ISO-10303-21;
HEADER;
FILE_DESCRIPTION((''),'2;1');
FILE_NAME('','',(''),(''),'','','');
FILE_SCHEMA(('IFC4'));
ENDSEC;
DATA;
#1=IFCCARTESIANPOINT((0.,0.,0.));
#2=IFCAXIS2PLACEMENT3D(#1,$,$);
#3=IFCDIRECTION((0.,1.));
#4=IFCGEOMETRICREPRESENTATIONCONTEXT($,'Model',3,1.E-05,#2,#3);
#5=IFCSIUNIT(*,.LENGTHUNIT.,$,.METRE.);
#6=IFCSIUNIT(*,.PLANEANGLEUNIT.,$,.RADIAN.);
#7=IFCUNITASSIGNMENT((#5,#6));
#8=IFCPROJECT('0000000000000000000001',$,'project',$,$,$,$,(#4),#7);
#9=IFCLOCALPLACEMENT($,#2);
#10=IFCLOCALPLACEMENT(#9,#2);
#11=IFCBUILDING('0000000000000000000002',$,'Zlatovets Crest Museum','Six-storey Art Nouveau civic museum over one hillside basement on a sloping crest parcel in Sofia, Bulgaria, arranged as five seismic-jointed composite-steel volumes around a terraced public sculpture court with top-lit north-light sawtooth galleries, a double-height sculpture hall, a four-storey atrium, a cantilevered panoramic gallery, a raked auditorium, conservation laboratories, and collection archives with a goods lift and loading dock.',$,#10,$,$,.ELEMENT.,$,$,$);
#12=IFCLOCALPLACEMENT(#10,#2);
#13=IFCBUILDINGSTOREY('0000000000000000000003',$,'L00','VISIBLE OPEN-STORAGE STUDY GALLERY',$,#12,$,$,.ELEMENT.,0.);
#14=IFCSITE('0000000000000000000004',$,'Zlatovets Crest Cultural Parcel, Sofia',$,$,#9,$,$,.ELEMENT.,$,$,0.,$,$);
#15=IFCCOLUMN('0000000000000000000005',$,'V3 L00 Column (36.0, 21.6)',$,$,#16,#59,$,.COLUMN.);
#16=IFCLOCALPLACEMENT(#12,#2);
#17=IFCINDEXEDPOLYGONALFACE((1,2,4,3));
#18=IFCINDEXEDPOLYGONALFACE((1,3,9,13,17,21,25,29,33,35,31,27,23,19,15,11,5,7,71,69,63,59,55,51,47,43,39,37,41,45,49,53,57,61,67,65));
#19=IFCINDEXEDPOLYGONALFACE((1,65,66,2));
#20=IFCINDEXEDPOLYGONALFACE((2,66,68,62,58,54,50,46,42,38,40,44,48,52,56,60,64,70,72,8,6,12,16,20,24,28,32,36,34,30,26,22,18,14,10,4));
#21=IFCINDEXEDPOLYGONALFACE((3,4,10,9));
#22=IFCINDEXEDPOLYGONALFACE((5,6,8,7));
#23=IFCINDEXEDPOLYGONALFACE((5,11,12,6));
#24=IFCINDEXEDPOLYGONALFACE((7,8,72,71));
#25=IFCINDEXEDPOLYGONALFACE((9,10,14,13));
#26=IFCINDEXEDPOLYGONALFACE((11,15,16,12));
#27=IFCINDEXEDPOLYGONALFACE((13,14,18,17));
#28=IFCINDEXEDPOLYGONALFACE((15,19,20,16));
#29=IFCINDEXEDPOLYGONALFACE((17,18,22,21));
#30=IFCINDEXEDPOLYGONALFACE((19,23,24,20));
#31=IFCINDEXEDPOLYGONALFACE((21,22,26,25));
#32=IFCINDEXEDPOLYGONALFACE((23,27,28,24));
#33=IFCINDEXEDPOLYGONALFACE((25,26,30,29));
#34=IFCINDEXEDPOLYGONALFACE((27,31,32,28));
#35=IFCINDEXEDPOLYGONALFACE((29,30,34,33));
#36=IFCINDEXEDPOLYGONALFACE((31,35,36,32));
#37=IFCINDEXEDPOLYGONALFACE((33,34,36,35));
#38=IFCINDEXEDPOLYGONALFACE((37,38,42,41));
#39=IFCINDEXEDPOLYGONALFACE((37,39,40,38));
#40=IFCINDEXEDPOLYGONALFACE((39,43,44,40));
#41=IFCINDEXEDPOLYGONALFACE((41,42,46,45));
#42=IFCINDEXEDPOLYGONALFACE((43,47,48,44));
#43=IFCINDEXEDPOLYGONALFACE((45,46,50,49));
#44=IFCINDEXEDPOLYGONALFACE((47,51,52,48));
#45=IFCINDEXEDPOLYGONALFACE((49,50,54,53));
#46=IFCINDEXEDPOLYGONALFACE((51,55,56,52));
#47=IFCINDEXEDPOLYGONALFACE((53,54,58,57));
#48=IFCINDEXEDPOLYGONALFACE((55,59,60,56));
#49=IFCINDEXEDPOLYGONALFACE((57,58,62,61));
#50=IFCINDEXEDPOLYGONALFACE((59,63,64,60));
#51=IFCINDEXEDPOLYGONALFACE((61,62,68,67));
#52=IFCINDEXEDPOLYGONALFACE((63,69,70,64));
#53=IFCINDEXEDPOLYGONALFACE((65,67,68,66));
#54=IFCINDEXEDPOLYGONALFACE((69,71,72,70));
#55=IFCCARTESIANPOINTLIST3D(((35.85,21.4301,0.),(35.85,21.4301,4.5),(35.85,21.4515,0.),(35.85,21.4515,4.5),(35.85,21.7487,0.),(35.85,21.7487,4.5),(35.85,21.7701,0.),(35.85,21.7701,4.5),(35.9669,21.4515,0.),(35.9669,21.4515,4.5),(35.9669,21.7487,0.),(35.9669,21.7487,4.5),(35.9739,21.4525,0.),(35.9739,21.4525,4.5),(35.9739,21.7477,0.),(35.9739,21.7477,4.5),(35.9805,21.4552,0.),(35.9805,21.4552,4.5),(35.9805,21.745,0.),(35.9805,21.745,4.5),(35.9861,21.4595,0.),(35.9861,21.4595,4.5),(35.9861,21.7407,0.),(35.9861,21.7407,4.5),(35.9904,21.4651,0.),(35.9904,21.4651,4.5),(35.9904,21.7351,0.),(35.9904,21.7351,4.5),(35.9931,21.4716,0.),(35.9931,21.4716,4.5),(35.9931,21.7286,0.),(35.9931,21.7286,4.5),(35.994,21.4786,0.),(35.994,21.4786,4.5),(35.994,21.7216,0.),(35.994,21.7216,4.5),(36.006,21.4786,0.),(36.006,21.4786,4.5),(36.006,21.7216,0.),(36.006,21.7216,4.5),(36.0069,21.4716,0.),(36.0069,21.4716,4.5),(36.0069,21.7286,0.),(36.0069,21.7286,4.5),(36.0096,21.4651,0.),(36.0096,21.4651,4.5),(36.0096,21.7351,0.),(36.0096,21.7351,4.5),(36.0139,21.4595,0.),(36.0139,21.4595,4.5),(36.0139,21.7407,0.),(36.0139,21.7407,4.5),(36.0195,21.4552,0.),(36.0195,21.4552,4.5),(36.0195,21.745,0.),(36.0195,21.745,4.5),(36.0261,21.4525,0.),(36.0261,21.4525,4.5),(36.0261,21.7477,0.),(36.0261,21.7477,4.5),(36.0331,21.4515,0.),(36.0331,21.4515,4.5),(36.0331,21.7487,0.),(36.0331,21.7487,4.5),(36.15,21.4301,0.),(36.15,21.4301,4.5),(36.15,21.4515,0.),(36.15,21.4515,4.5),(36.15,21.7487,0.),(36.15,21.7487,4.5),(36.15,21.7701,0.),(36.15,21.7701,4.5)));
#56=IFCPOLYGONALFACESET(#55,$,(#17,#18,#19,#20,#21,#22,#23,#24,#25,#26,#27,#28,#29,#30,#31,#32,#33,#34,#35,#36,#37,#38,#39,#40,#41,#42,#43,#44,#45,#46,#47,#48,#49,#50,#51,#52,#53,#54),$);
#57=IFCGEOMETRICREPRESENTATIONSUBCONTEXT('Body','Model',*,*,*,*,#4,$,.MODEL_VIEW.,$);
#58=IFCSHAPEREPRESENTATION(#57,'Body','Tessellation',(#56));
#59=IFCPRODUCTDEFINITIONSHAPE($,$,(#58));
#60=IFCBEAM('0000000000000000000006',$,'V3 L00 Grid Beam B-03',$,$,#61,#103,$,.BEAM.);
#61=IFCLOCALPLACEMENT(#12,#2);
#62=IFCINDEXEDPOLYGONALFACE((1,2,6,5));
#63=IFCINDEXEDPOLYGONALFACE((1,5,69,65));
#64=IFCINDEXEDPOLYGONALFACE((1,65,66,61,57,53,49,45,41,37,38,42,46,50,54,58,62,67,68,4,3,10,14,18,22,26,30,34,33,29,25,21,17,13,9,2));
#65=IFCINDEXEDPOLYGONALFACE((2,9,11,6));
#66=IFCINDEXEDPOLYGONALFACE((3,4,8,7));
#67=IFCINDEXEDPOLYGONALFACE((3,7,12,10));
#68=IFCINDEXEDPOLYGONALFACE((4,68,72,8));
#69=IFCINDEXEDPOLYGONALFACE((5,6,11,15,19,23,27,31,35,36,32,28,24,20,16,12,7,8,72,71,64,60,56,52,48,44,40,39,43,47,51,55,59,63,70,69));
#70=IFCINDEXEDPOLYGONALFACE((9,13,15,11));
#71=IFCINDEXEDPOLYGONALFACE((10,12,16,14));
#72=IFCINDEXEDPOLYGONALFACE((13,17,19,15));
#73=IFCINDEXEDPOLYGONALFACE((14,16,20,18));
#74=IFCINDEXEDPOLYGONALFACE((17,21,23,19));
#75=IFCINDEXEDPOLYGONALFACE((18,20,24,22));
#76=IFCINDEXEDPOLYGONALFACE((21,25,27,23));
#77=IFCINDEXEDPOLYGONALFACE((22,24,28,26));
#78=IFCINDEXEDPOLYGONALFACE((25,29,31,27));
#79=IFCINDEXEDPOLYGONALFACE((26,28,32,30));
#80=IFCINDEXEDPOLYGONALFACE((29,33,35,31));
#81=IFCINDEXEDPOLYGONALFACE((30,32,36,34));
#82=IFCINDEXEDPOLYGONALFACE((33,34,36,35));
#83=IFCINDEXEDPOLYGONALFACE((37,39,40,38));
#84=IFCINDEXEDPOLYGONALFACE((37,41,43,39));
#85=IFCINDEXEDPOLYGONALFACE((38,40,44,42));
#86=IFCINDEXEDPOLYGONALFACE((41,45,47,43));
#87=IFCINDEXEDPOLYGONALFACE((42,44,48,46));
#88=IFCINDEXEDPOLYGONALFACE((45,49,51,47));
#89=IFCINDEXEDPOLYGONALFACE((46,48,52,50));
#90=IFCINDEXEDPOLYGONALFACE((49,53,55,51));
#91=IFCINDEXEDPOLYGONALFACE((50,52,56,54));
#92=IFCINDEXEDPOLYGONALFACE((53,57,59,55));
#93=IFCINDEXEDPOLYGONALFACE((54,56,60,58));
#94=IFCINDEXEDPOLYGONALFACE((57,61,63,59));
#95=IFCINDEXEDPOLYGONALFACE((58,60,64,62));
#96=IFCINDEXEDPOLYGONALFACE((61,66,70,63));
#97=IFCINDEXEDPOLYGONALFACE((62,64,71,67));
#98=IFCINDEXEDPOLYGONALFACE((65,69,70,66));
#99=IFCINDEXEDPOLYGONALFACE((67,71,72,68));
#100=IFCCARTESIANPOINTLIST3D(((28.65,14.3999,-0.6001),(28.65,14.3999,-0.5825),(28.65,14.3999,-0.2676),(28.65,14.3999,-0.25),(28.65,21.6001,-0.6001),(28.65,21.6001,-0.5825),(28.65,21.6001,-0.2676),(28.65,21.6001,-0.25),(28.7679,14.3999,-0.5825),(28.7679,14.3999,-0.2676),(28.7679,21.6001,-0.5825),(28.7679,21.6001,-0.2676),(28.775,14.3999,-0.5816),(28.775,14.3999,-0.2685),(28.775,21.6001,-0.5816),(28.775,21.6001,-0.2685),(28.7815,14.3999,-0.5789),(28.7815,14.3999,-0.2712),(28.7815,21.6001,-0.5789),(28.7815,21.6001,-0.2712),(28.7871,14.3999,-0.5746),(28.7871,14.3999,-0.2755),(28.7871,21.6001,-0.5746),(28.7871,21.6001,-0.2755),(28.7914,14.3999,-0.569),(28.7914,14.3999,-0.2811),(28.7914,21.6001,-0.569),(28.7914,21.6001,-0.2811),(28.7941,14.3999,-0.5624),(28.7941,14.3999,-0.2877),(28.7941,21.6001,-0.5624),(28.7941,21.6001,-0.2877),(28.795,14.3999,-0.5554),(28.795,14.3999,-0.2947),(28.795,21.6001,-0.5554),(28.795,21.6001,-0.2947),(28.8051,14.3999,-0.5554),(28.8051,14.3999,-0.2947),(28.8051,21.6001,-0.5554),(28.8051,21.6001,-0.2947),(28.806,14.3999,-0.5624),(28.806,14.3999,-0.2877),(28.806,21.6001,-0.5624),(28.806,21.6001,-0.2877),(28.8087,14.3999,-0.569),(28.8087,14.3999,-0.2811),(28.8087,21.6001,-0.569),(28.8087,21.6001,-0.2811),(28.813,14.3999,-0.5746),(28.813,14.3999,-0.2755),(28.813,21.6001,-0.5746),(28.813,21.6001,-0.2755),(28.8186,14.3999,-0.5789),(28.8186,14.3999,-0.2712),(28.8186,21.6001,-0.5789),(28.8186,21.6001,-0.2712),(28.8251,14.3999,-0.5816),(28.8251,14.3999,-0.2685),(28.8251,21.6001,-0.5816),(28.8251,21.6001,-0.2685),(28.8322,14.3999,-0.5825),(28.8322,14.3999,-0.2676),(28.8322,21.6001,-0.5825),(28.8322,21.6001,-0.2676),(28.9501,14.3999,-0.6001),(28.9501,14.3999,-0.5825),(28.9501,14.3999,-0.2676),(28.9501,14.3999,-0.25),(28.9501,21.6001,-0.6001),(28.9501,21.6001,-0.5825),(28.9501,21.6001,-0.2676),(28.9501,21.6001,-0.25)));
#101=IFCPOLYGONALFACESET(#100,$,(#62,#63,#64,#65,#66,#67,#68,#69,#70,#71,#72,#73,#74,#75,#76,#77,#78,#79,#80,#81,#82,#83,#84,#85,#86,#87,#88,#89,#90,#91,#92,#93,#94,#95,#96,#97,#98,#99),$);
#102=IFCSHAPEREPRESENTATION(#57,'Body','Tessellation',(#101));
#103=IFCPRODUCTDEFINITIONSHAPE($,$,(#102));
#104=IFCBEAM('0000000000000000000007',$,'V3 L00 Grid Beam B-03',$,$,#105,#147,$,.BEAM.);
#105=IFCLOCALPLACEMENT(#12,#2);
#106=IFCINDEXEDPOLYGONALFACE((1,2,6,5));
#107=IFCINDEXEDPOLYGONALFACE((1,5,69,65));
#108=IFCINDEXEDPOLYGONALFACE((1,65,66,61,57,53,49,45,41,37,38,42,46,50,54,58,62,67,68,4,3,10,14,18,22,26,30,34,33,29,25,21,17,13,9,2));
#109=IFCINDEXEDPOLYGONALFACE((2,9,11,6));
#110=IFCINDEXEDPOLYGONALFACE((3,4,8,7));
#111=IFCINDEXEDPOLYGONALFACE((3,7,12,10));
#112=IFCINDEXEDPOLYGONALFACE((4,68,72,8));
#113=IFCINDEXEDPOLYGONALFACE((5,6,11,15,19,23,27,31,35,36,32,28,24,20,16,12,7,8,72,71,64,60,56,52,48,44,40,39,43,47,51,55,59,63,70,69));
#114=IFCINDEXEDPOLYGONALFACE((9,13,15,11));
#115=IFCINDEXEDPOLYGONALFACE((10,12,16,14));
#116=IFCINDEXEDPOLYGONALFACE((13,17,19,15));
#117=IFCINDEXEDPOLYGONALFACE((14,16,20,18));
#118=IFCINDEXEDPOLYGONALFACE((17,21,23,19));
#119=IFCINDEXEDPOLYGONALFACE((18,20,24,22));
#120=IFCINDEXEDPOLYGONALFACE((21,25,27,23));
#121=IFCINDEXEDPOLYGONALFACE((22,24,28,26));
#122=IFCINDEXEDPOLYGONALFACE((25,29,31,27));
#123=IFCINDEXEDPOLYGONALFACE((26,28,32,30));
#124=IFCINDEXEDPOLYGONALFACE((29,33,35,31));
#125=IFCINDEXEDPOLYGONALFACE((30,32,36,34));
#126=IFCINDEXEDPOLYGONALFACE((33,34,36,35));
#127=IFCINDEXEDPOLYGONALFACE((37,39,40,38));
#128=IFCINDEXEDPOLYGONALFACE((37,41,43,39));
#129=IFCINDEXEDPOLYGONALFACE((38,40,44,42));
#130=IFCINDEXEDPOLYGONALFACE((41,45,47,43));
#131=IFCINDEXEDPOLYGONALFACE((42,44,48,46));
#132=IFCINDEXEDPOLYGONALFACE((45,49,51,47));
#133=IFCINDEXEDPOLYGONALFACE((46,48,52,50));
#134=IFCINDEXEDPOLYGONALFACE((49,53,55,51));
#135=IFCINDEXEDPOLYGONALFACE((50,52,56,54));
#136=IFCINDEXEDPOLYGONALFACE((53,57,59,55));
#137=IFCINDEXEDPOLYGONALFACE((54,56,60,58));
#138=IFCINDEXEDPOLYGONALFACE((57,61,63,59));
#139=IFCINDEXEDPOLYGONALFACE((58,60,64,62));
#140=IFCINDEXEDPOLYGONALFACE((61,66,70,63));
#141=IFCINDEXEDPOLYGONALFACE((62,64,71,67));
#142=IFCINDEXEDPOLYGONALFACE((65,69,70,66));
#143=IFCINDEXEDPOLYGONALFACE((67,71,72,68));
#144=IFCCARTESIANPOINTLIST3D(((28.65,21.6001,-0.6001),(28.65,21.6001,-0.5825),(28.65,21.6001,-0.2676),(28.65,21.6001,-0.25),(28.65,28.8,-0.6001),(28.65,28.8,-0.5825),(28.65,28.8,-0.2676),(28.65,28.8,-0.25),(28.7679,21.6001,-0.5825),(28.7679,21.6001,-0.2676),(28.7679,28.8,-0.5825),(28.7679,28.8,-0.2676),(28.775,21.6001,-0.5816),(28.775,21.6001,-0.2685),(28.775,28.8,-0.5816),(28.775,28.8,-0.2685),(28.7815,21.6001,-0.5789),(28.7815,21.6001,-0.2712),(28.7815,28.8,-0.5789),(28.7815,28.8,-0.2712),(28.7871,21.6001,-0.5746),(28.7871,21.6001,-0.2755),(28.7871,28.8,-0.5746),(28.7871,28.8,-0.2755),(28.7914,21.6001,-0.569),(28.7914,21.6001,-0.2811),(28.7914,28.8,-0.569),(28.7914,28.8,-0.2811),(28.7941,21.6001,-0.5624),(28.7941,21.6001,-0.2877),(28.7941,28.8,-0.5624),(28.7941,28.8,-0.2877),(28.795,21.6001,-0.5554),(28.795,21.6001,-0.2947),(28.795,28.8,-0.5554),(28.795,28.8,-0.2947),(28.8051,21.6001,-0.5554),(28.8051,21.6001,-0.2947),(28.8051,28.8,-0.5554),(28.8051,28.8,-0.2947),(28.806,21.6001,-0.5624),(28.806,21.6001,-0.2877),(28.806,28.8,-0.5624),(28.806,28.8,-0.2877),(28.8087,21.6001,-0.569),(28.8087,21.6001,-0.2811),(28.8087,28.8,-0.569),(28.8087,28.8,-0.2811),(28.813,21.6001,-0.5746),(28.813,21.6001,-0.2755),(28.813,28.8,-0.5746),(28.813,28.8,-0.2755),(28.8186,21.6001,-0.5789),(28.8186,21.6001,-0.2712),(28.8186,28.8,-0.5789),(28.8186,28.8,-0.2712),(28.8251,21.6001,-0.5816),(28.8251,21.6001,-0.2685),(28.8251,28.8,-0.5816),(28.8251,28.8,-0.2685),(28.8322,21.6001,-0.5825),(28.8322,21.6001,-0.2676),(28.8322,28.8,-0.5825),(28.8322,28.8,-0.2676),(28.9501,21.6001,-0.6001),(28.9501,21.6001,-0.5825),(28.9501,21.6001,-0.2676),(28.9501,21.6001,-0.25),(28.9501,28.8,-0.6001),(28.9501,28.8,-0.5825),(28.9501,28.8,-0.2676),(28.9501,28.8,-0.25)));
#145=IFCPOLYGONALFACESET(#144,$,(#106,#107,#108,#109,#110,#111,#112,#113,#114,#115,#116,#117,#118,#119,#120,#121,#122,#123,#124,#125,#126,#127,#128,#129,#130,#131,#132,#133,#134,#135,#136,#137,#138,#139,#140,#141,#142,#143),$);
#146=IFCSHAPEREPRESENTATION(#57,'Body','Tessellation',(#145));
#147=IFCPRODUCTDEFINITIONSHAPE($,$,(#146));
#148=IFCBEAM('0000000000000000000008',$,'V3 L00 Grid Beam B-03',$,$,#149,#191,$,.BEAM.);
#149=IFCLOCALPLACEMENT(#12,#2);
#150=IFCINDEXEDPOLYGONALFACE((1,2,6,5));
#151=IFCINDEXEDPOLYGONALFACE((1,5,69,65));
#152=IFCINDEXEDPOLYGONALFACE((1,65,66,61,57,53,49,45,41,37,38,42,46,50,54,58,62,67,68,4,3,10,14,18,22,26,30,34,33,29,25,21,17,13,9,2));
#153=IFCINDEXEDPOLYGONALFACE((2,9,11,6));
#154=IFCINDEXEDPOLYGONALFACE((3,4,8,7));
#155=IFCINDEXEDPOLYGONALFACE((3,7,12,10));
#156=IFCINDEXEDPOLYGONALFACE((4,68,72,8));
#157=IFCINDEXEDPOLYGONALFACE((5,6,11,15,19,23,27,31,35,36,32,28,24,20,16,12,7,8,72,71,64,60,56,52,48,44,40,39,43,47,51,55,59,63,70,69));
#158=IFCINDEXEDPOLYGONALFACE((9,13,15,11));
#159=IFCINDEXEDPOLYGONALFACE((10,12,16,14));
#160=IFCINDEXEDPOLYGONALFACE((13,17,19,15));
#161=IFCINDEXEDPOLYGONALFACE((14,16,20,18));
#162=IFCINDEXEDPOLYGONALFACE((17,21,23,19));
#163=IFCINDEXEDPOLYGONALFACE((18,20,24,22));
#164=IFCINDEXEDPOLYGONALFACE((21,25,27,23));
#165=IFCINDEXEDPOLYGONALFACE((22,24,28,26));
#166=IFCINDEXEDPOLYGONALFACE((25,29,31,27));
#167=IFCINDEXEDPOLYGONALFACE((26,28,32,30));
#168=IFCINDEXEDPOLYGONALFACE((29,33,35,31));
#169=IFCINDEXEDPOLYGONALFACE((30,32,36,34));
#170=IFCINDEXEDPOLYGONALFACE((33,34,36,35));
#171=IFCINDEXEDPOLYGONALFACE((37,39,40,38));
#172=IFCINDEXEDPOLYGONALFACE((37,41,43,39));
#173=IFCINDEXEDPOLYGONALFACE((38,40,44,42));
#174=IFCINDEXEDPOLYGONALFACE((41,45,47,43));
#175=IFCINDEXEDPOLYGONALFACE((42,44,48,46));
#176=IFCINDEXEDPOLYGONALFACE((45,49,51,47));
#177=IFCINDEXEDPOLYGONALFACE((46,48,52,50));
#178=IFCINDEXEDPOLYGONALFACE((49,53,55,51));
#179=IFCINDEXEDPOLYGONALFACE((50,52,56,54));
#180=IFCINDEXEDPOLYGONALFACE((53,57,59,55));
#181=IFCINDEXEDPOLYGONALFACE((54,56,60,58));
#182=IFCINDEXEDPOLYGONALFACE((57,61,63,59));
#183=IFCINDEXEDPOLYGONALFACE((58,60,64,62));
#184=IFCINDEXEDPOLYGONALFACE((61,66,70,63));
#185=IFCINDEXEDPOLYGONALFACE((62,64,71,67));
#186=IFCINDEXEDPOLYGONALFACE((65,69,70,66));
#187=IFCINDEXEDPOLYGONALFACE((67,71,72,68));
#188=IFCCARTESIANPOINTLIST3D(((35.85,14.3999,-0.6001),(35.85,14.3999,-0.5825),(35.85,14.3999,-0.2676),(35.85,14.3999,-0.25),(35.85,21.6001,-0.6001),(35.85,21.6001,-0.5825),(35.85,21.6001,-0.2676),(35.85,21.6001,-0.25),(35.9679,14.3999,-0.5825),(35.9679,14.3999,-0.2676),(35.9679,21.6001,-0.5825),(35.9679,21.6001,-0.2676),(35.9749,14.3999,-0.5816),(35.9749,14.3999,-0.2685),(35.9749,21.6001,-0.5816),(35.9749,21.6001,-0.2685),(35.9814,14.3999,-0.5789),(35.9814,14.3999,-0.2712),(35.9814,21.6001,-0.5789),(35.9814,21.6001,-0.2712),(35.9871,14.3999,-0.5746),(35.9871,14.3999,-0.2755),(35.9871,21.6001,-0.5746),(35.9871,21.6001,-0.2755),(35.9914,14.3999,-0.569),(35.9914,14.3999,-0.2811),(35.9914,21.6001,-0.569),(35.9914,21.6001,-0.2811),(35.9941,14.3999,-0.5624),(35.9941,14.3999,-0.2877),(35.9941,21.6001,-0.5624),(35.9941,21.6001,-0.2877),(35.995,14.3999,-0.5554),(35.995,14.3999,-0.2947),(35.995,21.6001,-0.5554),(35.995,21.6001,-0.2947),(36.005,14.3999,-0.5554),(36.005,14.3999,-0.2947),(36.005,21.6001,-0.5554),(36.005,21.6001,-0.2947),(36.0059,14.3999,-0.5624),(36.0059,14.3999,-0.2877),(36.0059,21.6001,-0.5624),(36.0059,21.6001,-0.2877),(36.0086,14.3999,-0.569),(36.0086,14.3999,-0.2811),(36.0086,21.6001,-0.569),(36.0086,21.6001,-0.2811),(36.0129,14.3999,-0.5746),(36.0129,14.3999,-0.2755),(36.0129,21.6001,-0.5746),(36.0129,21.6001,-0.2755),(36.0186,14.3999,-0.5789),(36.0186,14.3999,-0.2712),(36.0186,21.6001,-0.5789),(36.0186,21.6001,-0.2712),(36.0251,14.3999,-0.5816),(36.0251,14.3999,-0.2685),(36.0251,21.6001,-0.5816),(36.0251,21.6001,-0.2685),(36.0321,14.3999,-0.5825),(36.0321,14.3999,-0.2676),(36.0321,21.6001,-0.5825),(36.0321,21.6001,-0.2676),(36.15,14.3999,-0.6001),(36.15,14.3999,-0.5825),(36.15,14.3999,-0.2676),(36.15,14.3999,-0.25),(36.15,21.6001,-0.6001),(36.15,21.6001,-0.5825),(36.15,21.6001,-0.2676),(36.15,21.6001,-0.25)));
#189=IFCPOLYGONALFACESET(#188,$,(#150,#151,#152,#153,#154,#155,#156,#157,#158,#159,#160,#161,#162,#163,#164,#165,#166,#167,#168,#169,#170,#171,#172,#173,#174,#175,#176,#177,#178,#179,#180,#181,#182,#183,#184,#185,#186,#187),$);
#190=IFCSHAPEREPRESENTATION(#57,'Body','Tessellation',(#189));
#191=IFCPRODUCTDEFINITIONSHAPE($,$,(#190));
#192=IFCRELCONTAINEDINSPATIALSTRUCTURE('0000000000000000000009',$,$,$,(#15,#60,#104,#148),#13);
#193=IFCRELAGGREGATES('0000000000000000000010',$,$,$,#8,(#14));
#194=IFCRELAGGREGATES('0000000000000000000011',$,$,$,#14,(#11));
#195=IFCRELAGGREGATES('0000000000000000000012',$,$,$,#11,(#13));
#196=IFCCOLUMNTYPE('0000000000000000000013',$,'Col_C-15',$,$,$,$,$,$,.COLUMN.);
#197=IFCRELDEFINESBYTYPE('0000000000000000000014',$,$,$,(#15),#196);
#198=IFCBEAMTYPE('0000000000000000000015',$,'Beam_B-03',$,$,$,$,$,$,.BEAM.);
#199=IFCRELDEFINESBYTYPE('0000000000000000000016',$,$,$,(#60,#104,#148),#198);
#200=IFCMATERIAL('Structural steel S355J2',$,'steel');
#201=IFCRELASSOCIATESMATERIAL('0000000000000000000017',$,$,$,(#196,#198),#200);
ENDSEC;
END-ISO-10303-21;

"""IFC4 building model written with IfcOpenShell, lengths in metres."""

from ifc_helpers import new_model, si_unit, direction, frame, origin, origin_2d, place, context, subcontext, project, spatial, i_section, extrude, material, material_profile, profile_set, type_object, element, save


model = new_model("IFC4")

# Units and contexts
model_context = context("Model", 3, precision=1e-05, world=origin(), true_north=direction((0.0, 1.0)))
body_context = subcontext(model_context, "Body", "Model", "MODEL_VIEW")
ifc_project = project(units=[si_unit("LENGTHUNIT", "METRE"), si_unit("PLANEANGLEUNIT", "RADIAN")], contexts=[model_context])

# Site, building, storey
site_placement = place(None, origin())
site = spatial("IfcSite", under=ifc_project, at=site_placement, Name="Zlatovets Crest Cultural Parcel, Sofia", CompositionType="ELEMENT", RefElevation=0.0)
building_placement = place(site_placement, origin())
building = spatial("IfcBuilding", under=site, at=building_placement, Name="Zlatovets Crest Museum", Description="Six-storey Art Nouveau civic museum over one hillside basement on a sloping crest parcel in Sofia, Bulgaria, arranged as five seismic-jointed composite-steel volumes around a terraced public sculpture court with top-lit north-light sawtooth galleries, a double-height sculpture hall, a four-storey atrium, a cantilevered panoramic gallery, a raked auditorium, conservation laboratories, and collection archives with a goods lift and loading dock.", CompositionType="ELEMENT")
storey_placement = place(building_placement, origin())
storey = spatial("IfcBuildingStorey", under=building, at=storey_placement, Name="L00", Description="VISIBLE OPEN-STORAGE STUDY GALLERY", CompositionType="ELEMENT", Elevation=0.0)

# Column
ifc_material_1 = material(Name="Structural steel S355J2", Category="steel")
ifc_material_profile_1 = material_profile(ifc_material_1, i_section(OverallWidth=0.3, OverallDepth=0.3401, WebThickness=0.012, FlangeThickness=0.0215, FilletRadius=0.0271, at=origin_2d()), Name="HEB 340")
ifc_profile_set_1 = profile_set([ifc_material_profile_1], Name="Structural steel S355J2")
column_type_1 = type_object("IfcColumnType", Name="Col_C-15", PredefinedType="COLUMN", material=ifc_profile_set_1)
for number, where, z_axis, x_axis, name in (
    (1, (36.0, 21.6001, 0.0), (0.0, 0.0, 1.0), (1.0, 0.0, 0.0), "V3 L00 Column (36.0, 21.6)"),
):
    element("IfcColumn", number, at=place(storey_placement, frame(where, z_axis=z_axis, x_axis=x_axis)), inside=storey, type_object=column_type_1, Name=name, PredefinedType="COLUMN", context=body_context, shape_type="SweptSolid", body=[
        extrude(i_section(OverallWidth=0.3, OverallDepth=0.3401, WebThickness=0.012, FlangeThickness=0.0215, FilletRadius=0.0271, at=origin_2d()), origin(), (0.0, 0.0, 1.0), 4.5),
    ])

# Beams
ifc_material_profile_2 = material_profile(ifc_material_1, i_section(OverallWidth=0.3, OverallDepth=0.3501, WebThickness=0.01, FlangeThickness=0.0176, FilletRadius=0.0271, at=origin_2d()), Name="HEA 360")
ifc_profile_set_2 = profile_set([ifc_material_profile_2], Name="Structural steel S355J2")
beam_type_1 = type_object("IfcBeamType", Name="Beam_B-03", PredefinedType="BEAM", material=ifc_profile_set_2)
beam_1_placement = place(storey_placement, frame((28.8, 14.3999, -0.425), z_axis=(0.0, 1.0, 0.0), x_axis=(-1.0, 0.0, 0.0)))
element("IfcBeam", 2, at=beam_1_placement, inside=storey, type_object=beam_type_1, Name="V3 L00 Grid Beam B-03", PredefinedType="BEAM", context=body_context, shape_type="SweptSolid", body=[
    extrude(i_section(OverallWidth=0.3, OverallDepth=0.3501, WebThickness=0.01, FlangeThickness=0.0176, FilletRadius=0.0271, at=origin_2d()), origin(), (0.0, 0.0, 1.0), 7.2002),
])
beam_2_placement = place(storey_placement, frame((28.8, 21.6001, -0.425), z_axis=(0.0, 1.0, 0.0), x_axis=(-1.0, 0.0, 0.0)))
element("IfcBeam", 3, at=beam_2_placement, inside=storey, type_object=beam_type_1, Name="V3 L00 Grid Beam B-03", PredefinedType="BEAM", context=body_context, shape_type="SweptSolid", body=[
    extrude(i_section(OverallWidth=0.3, OverallDepth=0.3501, WebThickness=0.01, FlangeThickness=0.0176, FilletRadius=0.0271, at=origin_2d()), origin(), (0.0, 0.0, 1.0), 7.2),
])
beam_3_placement = place(storey_placement, frame((36.0, 14.3999, -0.425), z_axis=(0.0, 1.0, 0.0), x_axis=(-1.0, 0.0, 0.0)))
element("IfcBeam", 4, at=beam_3_placement, inside=storey, type_object=beam_type_1, Name="V3 L00 Grid Beam B-03", PredefinedType="BEAM", context=body_context, shape_type="SweptSolid", body=[
    extrude(i_section(OverallWidth=0.3, OverallDepth=0.3501, WebThickness=0.01, FlangeThickness=0.0176, FilletRadius=0.0271, at=origin_2d()), origin(), (0.0, 0.0, 1.0), 7.2002),
])

save(model, "model.ifc")
